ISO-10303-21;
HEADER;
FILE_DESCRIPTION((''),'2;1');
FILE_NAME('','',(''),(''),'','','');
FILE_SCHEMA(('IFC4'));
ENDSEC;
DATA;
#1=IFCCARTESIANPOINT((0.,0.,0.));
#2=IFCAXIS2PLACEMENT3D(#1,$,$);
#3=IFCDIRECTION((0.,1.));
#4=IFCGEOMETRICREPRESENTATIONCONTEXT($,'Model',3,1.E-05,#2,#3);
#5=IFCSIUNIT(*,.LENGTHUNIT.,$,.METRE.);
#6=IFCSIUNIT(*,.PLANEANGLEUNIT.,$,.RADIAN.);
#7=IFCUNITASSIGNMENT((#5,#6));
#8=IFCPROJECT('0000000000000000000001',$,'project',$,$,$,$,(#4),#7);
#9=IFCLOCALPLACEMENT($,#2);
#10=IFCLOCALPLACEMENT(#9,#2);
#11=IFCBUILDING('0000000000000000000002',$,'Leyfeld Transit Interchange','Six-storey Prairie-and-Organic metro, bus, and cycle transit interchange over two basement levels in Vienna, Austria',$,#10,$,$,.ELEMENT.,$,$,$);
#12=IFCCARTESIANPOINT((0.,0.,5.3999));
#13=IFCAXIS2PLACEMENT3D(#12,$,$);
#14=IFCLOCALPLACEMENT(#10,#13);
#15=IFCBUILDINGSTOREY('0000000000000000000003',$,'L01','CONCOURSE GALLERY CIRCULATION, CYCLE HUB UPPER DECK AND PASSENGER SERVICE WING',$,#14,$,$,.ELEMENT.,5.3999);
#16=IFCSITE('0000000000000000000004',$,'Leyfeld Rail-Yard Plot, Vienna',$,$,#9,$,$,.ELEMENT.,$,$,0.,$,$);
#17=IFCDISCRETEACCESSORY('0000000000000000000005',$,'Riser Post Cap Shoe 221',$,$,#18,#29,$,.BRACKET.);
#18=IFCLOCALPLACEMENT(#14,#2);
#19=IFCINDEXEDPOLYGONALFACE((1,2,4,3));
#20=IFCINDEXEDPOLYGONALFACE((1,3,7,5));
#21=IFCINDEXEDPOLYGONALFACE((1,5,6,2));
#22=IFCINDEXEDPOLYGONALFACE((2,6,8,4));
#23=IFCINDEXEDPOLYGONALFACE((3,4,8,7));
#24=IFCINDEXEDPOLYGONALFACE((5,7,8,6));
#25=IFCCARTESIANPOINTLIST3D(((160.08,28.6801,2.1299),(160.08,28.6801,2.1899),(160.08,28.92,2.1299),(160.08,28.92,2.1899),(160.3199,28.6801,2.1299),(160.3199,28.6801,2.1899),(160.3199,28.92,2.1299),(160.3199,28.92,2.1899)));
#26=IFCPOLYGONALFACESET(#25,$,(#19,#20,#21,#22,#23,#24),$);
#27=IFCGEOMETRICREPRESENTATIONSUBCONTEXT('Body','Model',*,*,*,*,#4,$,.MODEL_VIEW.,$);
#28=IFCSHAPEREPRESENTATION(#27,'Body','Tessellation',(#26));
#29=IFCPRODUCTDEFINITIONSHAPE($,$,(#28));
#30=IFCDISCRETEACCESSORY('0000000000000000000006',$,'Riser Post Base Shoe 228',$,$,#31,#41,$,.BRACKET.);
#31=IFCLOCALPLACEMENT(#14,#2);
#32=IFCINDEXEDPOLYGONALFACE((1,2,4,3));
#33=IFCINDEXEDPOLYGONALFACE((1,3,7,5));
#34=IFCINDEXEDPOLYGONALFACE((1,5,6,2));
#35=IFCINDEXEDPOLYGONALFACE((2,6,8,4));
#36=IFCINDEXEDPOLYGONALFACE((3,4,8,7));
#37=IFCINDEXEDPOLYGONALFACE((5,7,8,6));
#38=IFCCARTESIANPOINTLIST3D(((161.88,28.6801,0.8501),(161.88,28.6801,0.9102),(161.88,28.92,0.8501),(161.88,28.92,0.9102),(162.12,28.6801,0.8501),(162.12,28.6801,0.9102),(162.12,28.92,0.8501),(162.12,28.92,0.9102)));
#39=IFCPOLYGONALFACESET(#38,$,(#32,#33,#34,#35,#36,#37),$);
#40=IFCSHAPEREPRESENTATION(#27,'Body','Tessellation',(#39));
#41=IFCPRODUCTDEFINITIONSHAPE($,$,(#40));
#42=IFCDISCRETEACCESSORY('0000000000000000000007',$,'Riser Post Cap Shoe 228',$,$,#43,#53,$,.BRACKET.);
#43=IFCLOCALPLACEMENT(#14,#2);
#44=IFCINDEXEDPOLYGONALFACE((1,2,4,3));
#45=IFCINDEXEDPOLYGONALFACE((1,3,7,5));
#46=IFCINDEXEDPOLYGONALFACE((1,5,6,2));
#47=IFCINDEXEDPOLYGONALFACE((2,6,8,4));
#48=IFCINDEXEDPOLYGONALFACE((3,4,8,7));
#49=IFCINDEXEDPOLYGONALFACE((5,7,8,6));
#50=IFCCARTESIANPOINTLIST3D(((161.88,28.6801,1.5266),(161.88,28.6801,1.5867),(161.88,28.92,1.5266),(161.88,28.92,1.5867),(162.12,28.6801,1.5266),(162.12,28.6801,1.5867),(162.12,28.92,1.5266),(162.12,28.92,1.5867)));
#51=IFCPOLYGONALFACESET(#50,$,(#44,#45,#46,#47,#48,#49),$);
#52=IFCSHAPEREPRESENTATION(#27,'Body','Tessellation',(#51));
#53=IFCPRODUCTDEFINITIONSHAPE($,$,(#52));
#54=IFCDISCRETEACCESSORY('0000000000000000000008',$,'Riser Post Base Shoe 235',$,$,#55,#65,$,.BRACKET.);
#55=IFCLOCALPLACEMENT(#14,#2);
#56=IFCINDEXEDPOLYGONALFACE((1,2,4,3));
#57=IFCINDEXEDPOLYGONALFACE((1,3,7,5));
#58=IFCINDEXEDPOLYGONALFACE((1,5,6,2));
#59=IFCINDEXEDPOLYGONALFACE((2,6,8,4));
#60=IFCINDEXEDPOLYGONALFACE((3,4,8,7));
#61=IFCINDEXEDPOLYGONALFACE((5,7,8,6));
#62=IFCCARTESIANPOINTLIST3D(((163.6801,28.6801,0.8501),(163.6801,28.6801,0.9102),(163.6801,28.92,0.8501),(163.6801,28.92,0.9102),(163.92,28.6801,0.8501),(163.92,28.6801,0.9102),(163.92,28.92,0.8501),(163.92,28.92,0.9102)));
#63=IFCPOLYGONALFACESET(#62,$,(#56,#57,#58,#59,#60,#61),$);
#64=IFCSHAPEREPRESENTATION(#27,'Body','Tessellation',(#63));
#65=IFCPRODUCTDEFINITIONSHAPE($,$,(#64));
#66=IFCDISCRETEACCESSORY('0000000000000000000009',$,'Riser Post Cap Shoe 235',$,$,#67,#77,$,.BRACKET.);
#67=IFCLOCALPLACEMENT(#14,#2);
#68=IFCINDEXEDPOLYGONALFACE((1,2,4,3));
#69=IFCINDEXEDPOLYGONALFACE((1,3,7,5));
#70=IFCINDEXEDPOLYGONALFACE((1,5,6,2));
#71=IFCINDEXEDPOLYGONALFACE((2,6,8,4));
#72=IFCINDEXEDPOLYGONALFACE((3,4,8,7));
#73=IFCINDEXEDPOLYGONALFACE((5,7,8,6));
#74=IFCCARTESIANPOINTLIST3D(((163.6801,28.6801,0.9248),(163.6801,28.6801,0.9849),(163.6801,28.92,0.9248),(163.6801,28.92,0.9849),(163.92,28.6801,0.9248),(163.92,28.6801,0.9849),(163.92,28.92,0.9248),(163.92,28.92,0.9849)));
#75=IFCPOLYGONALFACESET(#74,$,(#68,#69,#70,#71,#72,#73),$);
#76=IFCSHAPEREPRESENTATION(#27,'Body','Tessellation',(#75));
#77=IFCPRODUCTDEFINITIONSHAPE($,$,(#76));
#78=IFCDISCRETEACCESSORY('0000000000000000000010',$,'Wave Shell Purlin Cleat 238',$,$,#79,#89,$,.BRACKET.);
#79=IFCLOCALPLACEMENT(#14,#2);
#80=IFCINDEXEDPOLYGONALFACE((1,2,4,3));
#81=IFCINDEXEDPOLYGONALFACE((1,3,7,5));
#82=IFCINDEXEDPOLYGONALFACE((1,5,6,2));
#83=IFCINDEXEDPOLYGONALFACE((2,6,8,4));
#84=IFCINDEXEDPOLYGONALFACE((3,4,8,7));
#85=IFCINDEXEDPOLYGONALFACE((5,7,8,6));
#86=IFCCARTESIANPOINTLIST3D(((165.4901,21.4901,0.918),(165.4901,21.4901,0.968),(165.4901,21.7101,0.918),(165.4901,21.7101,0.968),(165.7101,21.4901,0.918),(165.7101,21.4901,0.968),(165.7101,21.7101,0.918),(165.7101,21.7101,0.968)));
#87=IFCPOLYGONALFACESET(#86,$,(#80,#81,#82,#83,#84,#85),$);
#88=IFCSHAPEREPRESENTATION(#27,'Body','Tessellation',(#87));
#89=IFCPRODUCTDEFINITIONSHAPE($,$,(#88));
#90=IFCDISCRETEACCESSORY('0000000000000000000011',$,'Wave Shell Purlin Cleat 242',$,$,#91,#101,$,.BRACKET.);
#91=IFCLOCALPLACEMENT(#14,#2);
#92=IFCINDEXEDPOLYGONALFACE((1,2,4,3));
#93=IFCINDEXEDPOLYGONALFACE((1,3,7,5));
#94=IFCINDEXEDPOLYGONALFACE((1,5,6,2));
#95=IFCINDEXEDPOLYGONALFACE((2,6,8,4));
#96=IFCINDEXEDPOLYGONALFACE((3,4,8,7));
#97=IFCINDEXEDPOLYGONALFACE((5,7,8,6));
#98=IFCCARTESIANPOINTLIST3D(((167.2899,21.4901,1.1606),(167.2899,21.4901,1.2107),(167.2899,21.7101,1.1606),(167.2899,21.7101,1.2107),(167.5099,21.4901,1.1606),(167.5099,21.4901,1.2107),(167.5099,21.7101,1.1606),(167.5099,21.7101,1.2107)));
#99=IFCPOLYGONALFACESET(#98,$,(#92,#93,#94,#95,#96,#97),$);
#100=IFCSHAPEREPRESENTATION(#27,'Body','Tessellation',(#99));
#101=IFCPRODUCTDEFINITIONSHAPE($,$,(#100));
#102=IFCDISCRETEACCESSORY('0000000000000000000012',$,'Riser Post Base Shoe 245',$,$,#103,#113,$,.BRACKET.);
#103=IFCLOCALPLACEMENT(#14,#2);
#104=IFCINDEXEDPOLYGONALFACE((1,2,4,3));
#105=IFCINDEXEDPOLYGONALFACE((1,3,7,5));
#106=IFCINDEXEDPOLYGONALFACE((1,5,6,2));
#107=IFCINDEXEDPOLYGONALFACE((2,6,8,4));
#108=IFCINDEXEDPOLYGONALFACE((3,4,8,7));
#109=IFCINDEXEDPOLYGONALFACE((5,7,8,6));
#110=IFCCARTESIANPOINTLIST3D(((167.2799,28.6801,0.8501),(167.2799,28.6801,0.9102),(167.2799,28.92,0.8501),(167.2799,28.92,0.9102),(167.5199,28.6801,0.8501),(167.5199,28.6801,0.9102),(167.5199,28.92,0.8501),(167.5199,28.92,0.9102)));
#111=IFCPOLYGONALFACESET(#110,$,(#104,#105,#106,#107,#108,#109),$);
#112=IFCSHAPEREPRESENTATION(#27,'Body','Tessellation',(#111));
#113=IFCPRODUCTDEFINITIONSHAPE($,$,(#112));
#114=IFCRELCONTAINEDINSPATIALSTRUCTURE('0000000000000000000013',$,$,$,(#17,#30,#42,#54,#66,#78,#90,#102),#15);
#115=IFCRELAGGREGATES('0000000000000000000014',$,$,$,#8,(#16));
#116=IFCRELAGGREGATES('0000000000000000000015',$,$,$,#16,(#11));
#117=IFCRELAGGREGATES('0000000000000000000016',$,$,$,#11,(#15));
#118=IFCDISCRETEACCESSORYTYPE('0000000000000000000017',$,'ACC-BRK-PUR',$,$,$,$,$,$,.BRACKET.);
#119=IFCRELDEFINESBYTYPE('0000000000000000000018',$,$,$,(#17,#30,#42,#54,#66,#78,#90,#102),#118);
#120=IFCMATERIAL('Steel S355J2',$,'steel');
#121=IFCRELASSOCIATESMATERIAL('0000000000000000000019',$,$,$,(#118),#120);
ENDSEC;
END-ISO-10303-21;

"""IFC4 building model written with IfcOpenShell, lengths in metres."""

from ifc_helpers import new_model, si_unit, direction, frame, origin, origin_2d, place, context, subcontext, project, spatial, rectangle, extrude, material, type_object, element, save


model = new_model("IFC4")

# Units and contexts
model_context = context("Model", 3, precision=1e-05, world=origin(), true_north=direction((0.0, 1.0)))
body_context = subcontext(model_context, "Body", "Model", "MODEL_VIEW")
ifc_project = project(units=[si_unit("LENGTHUNIT", "METRE"), si_unit("PLANEANGLEUNIT", "RADIAN")], contexts=[model_context])

# Site, building, storey
site_placement = place(None, origin())
site = spatial("IfcSite", under=ifc_project, at=site_placement, Name="Leyfeld Rail-Yard Plot, Vienna", CompositionType="ELEMENT", RefElevation=0.0)
building_placement = place(site_placement, origin())
building = spatial("IfcBuilding", under=site, at=building_placement, Name="Leyfeld Transit Interchange", Description="Six-storey Prairie-and-Organic metro, bus, and cycle transit interchange over two basement levels in Vienna, Austria", CompositionType="ELEMENT")
storey_placement = place(building_placement, frame((0.0, 0.0, 5.3999)))
storey = spatial("IfcBuildingStorey", under=building, at=storey_placement, Name="L01", Description="CONCOURSE GALLERY CIRCULATION, CYCLE HUB UPPER DECK AND PASSENGER SERVICE WING", CompositionType="ELEMENT", Elevation=5.3999)

# Shared definitions
ifc_material_1 = material(Name="Steel S355J2", Category="steel")

# Discrete accessories
discrete_accessory_type = type_object("IfcDiscreteAccessoryType", Name="ACC-BRK-PUR", PredefinedType="BRACKET", material=ifc_material_1)
for number, where, z_axis, x_axis, name in (
    (1, (160.2, 28.8, 2.1299), (0.0, 0.0, 1.0), (1.0, 0.0, 0.0), "Riser Post Cap Shoe 221"),
    (2, (162.0, 28.8, 0.8501), (0.0, 0.0, 1.0), (1.0, 0.0, 0.0), "Riser Post Base Shoe 228"),
    (3, (162.0, 28.8, 1.5266), (0.0, 0.0, 1.0), (1.0, 0.0, 0.0), "Riser Post Cap Shoe 228"),
    (4, (163.8, 28.8, 0.8501), (0.0, 0.0, 1.0), (1.0, 0.0, 0.0), "Riser Post Base Shoe 235"),
    (5, (163.8, 28.8, 0.9248), (0.0, 0.0, 1.0), (1.0, 0.0, 0.0), "Riser Post Cap Shoe 235"),
):
    element("IfcDiscreteAccessory", number, at=place(storey_placement, frame(where, z_axis=z_axis, x_axis=x_axis)), inside=storey, type_object=discrete_accessory_type, Name=name, PredefinedType="BRACKET", context=body_context, shape_type="SweptSolid", body=[
        extrude(rectangle(XDim=0.24, YDim=0.24, at=origin_2d()), origin(), (0.0, 0.0, 1.0), 0.0601),
    ])
for number, where, z_axis, x_axis, name in (
    (6, (165.6001, 21.6001, 0.918), (0.0, 0.0, 1.0), (1.0, 0.0, 0.0), "Wave Shell Purlin Cleat 238"),
    (7, (167.3999, 21.6001, 1.1606), (0.0, 0.0, 1.0), (1.0, 0.0, 0.0), "Wave Shell Purlin Cleat 242"),
):
    element("IfcDiscreteAccessory", number, at=place(storey_placement, frame(where, z_axis=z_axis, x_axis=x_axis)), inside=storey, type_object=discrete_accessory_type, Name=name, PredefinedType="BRACKET", context=body_context, shape_type="SweptSolid", body=[
        extrude(rectangle(XDim=0.22, YDim=0.22, at=origin_2d()), origin(), (0.0, 0.0, 1.0), 0.05),
    ])
discrete_accessory_placement = place(storey_placement, frame((167.3999, 28.8, 0.8501), z_axis=(0.0, 0.0, 1.0), x_axis=(1.0, 0.0, 0.0)))
element("IfcDiscreteAccessory", 8, at=discrete_accessory_placement, inside=storey, type_object=discrete_accessory_type, Name="Riser Post Base Shoe 245", PredefinedType="BRACKET", context=body_context, shape_type="SweptSolid", body=[
    extrude(rectangle(XDim=0.24, YDim=0.24, at=origin_2d()), origin(), (0.0, 0.0, 1.0), 0.0601),
])

save(model, "model.ifc")
